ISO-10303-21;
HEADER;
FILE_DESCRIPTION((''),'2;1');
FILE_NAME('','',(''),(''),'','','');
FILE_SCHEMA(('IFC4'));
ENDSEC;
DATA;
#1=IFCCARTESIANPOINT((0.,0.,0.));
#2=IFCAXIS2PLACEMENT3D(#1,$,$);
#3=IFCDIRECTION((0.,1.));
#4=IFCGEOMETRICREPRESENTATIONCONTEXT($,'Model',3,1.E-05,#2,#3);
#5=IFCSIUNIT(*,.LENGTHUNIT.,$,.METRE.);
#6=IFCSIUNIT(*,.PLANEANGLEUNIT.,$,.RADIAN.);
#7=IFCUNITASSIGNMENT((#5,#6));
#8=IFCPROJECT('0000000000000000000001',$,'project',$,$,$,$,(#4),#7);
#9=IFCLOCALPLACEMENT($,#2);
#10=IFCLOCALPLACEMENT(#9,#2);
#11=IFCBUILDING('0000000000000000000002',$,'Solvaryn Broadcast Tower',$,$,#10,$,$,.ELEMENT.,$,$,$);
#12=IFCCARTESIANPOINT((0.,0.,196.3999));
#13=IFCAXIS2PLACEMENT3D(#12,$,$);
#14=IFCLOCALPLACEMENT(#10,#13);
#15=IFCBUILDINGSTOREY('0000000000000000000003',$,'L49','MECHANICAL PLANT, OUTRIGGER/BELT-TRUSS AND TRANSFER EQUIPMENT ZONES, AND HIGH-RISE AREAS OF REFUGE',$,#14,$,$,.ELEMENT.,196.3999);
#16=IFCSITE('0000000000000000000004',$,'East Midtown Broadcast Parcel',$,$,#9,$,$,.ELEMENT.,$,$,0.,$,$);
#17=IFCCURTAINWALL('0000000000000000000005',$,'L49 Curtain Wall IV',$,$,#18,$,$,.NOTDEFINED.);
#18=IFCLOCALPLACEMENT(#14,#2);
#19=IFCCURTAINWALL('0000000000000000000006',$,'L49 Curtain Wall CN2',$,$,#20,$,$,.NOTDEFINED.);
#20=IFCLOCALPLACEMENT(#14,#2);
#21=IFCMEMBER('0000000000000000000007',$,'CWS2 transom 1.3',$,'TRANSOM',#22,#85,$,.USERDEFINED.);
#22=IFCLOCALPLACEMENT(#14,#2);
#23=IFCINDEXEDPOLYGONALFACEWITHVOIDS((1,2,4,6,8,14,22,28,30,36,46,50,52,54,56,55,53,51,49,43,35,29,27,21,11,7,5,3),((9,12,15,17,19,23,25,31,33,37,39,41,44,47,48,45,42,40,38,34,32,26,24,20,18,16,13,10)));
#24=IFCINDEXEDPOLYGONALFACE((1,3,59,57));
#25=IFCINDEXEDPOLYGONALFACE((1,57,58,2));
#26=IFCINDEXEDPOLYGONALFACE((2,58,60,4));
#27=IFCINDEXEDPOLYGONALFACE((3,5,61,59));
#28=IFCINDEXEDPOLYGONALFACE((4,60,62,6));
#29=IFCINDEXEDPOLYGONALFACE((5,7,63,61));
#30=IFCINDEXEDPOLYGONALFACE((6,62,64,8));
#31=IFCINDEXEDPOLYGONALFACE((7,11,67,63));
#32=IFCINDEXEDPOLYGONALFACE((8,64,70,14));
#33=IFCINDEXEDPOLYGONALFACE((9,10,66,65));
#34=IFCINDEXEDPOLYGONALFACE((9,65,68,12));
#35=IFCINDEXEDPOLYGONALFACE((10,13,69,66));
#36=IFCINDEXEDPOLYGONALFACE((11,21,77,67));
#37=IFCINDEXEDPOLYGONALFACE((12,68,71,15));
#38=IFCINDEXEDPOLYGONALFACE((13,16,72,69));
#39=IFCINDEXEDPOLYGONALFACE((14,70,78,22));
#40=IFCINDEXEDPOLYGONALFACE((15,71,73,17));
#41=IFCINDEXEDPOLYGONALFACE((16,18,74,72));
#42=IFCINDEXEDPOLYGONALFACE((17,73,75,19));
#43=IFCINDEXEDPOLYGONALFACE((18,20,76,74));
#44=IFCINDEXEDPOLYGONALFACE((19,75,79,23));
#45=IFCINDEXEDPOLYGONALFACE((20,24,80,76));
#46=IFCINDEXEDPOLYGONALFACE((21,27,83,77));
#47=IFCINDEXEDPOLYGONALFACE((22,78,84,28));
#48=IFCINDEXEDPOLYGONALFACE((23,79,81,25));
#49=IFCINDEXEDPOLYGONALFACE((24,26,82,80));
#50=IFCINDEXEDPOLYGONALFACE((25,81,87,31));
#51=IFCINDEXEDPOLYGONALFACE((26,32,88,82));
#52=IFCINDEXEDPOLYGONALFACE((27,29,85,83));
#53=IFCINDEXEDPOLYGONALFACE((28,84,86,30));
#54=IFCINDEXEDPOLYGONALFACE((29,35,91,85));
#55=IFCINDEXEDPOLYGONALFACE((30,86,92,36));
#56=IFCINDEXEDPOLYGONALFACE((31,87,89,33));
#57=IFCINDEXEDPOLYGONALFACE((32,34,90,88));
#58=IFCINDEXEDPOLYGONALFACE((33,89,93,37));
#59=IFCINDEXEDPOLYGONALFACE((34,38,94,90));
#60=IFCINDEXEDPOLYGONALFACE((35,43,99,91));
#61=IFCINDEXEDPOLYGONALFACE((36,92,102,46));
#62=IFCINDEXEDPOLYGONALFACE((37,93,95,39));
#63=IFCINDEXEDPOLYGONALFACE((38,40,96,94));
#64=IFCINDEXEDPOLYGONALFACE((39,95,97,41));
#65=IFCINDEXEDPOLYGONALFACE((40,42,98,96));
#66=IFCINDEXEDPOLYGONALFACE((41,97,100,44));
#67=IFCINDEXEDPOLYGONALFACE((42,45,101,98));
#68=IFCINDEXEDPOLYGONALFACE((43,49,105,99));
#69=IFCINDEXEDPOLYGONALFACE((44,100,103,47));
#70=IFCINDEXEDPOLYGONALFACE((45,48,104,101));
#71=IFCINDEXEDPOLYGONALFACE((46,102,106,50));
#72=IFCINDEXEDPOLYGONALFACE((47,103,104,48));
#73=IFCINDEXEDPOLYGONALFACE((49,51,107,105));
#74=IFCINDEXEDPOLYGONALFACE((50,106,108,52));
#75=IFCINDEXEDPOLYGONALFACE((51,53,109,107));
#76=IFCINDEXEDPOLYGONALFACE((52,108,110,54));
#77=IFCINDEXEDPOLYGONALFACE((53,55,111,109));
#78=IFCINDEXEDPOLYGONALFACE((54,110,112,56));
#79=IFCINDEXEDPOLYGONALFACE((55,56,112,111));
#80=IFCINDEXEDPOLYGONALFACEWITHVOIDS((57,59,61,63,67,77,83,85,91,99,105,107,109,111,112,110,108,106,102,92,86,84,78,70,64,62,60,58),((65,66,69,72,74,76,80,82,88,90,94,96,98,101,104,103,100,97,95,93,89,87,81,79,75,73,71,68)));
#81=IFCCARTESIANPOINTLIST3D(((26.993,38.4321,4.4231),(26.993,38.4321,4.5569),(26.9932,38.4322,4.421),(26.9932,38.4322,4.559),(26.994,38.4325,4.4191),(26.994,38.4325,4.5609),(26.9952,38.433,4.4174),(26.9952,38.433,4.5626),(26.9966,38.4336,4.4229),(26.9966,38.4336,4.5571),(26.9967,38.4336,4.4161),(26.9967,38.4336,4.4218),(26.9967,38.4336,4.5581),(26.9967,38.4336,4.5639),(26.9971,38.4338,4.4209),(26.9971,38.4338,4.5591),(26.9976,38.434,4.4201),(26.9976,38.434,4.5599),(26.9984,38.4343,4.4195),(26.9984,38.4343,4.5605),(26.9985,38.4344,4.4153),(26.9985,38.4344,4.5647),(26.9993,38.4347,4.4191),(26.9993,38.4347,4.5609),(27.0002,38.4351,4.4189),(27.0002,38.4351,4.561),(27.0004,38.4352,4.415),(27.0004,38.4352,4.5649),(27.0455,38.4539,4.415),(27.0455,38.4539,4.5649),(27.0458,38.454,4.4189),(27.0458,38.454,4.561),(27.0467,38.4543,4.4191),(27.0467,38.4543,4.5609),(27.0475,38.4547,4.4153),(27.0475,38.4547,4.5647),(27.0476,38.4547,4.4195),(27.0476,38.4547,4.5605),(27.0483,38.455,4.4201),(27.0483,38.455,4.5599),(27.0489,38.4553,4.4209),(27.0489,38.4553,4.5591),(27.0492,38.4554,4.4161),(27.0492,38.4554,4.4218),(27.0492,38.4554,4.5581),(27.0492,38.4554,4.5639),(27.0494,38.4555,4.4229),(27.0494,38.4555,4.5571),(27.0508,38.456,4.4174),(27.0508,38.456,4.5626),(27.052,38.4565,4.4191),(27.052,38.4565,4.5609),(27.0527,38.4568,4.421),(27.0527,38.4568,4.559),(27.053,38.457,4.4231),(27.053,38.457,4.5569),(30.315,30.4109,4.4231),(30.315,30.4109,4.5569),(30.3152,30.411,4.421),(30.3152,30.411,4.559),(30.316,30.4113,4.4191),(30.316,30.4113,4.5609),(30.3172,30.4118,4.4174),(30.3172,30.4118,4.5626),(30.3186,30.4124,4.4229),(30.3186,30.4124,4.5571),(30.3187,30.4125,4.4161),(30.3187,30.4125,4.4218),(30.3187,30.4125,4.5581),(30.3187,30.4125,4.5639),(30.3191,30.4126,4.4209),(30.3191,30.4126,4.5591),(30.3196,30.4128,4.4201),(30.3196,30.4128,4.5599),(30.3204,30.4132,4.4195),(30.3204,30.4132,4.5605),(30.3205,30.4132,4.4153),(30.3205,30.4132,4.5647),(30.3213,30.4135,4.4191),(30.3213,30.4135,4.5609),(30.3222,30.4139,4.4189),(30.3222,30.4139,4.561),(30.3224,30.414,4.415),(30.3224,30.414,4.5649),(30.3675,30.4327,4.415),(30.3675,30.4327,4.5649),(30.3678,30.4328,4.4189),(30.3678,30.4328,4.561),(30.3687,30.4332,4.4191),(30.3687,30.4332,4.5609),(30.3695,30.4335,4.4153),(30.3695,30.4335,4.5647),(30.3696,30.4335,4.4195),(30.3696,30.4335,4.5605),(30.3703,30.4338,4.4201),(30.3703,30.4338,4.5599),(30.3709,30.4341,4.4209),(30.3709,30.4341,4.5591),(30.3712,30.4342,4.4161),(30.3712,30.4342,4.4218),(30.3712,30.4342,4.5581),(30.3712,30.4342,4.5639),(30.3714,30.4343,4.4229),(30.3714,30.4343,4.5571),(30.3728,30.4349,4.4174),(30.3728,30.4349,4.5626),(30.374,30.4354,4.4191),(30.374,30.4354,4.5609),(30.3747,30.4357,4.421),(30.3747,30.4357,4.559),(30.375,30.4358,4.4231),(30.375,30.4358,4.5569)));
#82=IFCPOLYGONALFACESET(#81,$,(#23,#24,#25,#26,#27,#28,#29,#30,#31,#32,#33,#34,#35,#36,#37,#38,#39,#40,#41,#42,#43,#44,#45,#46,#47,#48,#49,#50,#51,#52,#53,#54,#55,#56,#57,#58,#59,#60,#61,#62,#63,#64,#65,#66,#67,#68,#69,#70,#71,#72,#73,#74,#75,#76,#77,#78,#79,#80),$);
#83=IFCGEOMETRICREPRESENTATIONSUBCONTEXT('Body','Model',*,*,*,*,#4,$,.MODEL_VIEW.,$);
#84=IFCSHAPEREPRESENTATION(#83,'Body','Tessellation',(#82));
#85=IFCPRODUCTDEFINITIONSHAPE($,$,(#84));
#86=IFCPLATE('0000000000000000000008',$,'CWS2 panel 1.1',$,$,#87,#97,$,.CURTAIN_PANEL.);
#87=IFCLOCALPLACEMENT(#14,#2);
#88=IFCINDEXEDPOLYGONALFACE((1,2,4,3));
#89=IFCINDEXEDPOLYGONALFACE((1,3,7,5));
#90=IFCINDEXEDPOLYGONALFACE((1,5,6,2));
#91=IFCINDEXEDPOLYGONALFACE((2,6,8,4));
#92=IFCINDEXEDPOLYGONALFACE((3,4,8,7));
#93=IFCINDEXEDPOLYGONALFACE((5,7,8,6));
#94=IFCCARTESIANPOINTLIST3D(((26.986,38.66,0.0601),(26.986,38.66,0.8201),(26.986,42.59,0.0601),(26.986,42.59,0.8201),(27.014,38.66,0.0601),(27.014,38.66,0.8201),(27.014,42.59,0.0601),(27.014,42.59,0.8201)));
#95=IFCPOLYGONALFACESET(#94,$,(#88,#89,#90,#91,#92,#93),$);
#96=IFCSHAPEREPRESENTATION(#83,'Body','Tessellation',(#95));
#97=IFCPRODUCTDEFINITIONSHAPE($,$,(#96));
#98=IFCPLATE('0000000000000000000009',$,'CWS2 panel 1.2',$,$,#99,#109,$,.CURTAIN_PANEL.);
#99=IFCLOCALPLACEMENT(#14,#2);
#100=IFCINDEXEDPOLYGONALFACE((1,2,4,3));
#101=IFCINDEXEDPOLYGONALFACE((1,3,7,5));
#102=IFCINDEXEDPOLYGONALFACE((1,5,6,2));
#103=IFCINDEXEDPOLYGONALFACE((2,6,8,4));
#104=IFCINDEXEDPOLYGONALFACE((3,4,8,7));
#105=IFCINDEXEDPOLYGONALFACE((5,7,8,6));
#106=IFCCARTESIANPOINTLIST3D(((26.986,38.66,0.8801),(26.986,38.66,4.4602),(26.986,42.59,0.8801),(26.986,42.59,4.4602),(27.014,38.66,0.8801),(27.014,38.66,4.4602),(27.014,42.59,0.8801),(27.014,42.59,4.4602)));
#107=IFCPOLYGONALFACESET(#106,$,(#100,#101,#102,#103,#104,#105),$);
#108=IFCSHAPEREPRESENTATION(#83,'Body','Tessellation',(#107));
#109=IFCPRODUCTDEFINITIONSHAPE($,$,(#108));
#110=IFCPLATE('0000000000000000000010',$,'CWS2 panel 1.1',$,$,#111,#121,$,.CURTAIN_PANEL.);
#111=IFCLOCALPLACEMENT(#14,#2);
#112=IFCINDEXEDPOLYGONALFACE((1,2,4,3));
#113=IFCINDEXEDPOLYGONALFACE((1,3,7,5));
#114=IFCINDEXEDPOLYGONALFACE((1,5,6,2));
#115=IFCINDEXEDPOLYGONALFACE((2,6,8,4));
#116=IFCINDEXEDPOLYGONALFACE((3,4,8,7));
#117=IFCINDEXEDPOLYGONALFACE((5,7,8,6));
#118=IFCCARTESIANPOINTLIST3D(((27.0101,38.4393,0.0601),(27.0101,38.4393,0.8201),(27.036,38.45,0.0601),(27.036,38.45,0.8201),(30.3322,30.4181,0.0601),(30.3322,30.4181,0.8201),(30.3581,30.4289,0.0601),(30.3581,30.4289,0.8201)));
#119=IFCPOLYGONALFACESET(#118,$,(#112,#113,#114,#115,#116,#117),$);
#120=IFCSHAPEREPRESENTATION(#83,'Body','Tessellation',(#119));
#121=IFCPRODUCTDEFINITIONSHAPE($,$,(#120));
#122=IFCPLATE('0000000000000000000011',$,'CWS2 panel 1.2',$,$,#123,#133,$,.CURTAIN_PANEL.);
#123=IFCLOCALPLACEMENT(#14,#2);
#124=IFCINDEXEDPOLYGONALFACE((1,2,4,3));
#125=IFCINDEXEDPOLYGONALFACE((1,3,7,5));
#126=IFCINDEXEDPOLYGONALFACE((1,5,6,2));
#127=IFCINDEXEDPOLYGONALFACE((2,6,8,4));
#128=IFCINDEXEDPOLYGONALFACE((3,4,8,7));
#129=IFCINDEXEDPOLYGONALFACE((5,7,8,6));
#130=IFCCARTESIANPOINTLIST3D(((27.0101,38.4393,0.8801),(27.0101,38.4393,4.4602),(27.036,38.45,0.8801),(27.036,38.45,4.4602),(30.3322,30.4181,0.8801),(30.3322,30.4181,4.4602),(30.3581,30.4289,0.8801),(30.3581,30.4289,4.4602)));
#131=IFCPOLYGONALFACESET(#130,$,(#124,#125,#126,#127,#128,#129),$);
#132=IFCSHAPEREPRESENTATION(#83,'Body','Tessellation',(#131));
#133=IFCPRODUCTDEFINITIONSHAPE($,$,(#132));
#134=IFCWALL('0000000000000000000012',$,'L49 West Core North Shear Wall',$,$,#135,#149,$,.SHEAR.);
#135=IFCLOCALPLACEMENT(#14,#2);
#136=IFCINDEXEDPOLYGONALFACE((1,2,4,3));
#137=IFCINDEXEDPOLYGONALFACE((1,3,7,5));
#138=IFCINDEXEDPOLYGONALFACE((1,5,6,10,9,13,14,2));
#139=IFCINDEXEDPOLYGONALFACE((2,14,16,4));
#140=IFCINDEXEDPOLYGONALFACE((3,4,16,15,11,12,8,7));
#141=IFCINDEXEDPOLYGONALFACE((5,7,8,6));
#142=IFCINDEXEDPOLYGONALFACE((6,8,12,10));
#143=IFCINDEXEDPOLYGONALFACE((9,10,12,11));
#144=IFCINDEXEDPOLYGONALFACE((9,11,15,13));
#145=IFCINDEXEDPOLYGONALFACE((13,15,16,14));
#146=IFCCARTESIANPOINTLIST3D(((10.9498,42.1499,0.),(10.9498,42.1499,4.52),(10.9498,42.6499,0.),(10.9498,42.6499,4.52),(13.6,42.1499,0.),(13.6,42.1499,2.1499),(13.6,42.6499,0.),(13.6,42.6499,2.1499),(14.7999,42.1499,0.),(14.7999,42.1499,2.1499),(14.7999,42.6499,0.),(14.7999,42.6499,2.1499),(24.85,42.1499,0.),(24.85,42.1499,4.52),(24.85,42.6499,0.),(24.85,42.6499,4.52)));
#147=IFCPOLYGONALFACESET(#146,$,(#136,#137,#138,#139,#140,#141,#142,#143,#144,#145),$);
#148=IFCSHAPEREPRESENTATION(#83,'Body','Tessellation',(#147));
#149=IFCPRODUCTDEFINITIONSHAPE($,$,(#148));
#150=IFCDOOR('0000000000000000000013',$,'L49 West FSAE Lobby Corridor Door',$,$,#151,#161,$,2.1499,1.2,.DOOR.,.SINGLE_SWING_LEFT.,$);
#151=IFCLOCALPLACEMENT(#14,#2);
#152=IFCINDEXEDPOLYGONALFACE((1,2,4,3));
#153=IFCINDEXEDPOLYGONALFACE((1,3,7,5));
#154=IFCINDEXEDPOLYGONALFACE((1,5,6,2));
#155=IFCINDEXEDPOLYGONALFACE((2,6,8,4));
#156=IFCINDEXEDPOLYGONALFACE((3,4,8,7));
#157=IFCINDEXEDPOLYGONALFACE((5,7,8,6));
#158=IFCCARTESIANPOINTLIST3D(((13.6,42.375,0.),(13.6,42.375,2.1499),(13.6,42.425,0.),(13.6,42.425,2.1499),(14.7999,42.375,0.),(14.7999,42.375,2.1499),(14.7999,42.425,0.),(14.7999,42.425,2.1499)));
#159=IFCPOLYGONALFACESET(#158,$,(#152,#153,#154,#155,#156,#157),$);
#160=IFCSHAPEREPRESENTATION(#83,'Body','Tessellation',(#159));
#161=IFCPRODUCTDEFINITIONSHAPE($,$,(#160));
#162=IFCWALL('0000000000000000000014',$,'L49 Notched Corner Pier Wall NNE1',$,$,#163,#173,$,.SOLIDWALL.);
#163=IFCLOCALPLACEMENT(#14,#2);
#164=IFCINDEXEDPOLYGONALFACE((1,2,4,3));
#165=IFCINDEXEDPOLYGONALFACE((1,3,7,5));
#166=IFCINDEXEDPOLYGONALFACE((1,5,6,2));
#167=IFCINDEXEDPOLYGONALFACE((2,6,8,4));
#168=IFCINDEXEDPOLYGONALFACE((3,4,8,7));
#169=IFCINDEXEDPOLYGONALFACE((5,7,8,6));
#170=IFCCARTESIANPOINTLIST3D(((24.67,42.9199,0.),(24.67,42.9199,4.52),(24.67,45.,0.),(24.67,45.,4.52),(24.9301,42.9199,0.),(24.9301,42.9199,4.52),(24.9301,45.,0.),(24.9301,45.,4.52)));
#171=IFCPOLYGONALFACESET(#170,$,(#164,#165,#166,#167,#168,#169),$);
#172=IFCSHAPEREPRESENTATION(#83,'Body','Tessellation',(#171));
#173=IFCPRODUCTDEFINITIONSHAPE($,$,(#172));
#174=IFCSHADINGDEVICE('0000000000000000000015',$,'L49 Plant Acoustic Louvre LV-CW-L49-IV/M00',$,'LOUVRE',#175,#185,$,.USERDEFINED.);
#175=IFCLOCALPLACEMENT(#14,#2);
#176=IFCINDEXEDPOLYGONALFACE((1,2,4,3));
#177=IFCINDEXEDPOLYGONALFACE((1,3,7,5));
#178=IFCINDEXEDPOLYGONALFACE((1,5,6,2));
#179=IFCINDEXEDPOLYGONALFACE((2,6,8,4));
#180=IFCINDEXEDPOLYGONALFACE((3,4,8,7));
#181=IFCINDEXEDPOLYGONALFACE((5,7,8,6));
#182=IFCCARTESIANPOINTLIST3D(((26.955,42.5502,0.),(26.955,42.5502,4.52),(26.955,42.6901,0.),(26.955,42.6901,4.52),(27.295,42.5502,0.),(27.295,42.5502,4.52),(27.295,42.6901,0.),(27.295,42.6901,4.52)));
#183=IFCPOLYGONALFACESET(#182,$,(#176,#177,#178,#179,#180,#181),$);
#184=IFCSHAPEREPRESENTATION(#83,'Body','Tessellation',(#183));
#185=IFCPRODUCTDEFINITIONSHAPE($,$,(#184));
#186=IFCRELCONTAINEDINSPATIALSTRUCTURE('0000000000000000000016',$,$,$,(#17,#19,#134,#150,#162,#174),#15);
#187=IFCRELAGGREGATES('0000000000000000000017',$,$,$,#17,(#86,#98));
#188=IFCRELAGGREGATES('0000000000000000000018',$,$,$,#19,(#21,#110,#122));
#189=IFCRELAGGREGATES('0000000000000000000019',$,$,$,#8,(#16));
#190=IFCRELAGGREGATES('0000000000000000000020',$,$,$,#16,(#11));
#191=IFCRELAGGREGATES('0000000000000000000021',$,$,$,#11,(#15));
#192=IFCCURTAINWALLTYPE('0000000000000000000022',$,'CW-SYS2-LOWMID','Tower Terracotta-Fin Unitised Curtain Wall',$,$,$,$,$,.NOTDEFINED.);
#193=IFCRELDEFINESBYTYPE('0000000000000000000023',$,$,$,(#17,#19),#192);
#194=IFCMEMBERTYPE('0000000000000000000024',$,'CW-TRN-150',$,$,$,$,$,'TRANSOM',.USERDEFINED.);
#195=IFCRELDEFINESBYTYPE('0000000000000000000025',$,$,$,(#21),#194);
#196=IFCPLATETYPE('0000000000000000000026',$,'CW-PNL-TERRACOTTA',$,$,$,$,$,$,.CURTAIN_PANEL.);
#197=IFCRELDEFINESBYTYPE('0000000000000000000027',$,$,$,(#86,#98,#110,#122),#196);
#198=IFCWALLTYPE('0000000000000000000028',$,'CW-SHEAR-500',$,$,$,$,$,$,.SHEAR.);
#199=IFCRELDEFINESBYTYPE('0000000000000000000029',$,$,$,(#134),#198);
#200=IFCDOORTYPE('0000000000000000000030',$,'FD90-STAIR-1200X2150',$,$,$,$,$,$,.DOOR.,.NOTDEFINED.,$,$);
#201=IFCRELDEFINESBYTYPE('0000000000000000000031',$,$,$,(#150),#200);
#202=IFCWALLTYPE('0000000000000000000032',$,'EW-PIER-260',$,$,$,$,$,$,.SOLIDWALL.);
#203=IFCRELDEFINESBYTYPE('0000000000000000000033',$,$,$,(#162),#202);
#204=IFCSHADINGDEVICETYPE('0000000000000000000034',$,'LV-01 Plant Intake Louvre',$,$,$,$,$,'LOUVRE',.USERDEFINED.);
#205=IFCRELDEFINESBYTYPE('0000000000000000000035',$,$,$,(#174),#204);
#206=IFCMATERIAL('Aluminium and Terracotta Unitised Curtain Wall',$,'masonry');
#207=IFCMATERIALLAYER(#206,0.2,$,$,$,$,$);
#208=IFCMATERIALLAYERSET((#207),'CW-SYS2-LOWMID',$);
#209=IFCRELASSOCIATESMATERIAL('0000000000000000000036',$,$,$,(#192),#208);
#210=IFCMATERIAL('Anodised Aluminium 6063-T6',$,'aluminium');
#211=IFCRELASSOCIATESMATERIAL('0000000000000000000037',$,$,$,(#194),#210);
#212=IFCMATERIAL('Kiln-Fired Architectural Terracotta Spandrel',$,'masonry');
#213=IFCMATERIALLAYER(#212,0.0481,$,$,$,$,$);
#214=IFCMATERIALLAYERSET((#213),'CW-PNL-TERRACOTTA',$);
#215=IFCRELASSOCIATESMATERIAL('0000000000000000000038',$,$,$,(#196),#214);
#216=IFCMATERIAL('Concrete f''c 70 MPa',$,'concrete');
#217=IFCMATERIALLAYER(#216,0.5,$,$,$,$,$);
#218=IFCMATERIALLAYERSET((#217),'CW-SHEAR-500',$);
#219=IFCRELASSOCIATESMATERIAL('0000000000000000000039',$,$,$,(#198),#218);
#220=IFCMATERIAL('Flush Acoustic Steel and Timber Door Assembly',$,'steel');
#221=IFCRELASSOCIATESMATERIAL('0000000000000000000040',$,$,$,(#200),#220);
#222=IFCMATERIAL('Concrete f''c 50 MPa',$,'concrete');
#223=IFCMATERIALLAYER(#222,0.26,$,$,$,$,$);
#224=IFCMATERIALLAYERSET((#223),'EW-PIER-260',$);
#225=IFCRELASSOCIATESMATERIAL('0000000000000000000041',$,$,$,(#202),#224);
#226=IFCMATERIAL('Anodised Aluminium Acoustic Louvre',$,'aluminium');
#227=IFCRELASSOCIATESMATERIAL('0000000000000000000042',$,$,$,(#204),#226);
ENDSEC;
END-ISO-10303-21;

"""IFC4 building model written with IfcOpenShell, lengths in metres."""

from ifc_helpers import new_model, si_unit, direction, frame, frame_2d, origin, origin_2d, place, context, subcontext, project, spatial, rectangle, hollow_rectangle, extrude, material, layer, layer_set, material_profile, profile_set, type_object, element, fill, aggregate, save


model = new_model("IFC4")

# Units and contexts
model_context = context("Model", 3, precision=1e-05, world=origin(), true_north=direction((0.0, 1.0)))
body_context = subcontext(model_context, "Body", "Model", "MODEL_VIEW")
ifc_project = project(units=[si_unit("LENGTHUNIT", "METRE"), si_unit("PLANEANGLEUNIT", "RADIAN")], contexts=[model_context])

# Site, building, storey
site_placement = place(None, origin())
site = spatial("IfcSite", under=ifc_project, at=site_placement, Name="East Midtown Broadcast Parcel", CompositionType="ELEMENT", RefElevation=0.0)
building_placement = place(site_placement, origin())
building = spatial("IfcBuilding", under=site, at=building_placement, Name="Solvaryn Broadcast Tower", CompositionType="ELEMENT")
storey_placement = place(building_placement, frame((0.0, 0.0, 196.3999)))
storey = spatial("IfcBuildingStorey", under=building, at=storey_placement, Name="L49", Description="MECHANICAL PLANT, OUTRIGGER/BELT-TRUSS AND TRANSFER EQUIPMENT ZONES, AND HIGH-RISE AREAS OF REFUGE", CompositionType="ELEMENT", Elevation=196.3999)

# Curtain wall
ifc_material_1 = material(Name="Aluminium and Terracotta Unitised Curtain Wall", Category="masonry")
ifc_layer_1 = layer(ifc_material_1, 0.2)
ifc_layer_set_1 = layer_set([ifc_layer_1], Name="CW-SYS2-LOWMID")
curtain_wall_type = type_object("IfcCurtainWallType", Name="CW-SYS2-LOWMID", Description="Tower Terracotta-Fin Unitised Curtain Wall", PredefinedType="NOTDEFINED", material=ifc_layer_set_1)
curtain_wall_1_placement = place(storey_placement, origin())
curtain_wall_1 = element("IfcCurtainWall", 1, at=curtain_wall_1_placement, inside=storey, type_object=curtain_wall_type, Name="L49 Curtain Wall IV", PredefinedType="NOTDEFINED")

# Curtain wall
curtain_wall_2_placement = place(storey_placement, origin())
curtain_wall_2 = element("IfcCurtainWall", 2, at=curtain_wall_2_placement, inside=storey, type_object=curtain_wall_type, Name="L49 Curtain Wall CN2", PredefinedType="NOTDEFINED")

# Member
ifc_material_2 = material(Name="Anodised Aluminium 6063-T6", Category="aluminium")
ifc_material_profile_1 = material_profile(ifc_material_2, hollow_rectangle(XDim=0.0649, YDim=0.1499, WallThickness=0.0039, InnerFilletRadius=0.0039, OuterFilletRadius=0.0081, at=origin_2d()))
ifc_profile_set_1 = profile_set([ifc_material_profile_1], Name="Anodised Aluminium 6063-T6")
member_type_1 = type_object("IfcMemberType", Name="CW-TRN-150", ElementType="TRANSOM", PredefinedType="USERDEFINED", material=ifc_profile_set_1)
member_1_placement = place(storey_placement, frame((30.345, 30.4233, 4.49), z_axis=(-0.382636, 0.923899, 0.0), x_axis=(-0.923899, -0.382636, 0.0)))
member_1 = element("IfcMember", 3, at=member_1_placement, type_object=member_type_1, Name="CWS2 transom 1.3", ObjectType="TRANSOM", PredefinedType="USERDEFINED", context=body_context, shape_type="SweptSolid", body=[
    extrude(hollow_rectangle(XDim=0.0649, YDim=0.1499, WallThickness=0.0039, InnerFilletRadius=0.0039, OuterFilletRadius=0.0081, at=origin_2d()), origin(), (0.0, 0.0, 1.0), 8.6819),
])

# Plates
ifc_material_3 = material(Name="Kiln-Fired Architectural Terracotta Spandrel", Category="masonry")
ifc_layer_2 = layer(ifc_material_3, 0.0481)
ifc_layer_set_2 = layer_set([ifc_layer_2], Name="CW-PNL-TERRACOTTA")
plate_type = type_object("IfcPlateType", Name="CW-PNL-TERRACOTTA", PredefinedType="CURTAIN_PANEL", material=ifc_layer_set_2)
plate_1_placement = place(storey_placement, frame((27.0, 40.625, 0.0601), z_axis=(0.0, 0.0, 1.0), x_axis=(0.0, -1.0, 0.0)))
plate_1 = element("IfcPlate", 4, at=plate_1_placement, type_object=plate_type, Name="CWS2 panel 1.1", PredefinedType="CURTAIN_PANEL", context=body_context, shape_type="SweptSolid", body=[
    extrude(rectangle(XDim=3.9299, YDim=0.0281, at=origin_2d()), origin(), (0.0, 0.0, 1.0), 0.76),
])
plate_2_placement = place(storey_placement, frame((27.0, 40.625, 0.8801), z_axis=(0.0, 0.0, 1.0), x_axis=(0.0, -1.0, 0.0)))
plate_2 = element("IfcPlate", 5, at=plate_2_placement, type_object=plate_type, Name="CWS2 panel 1.2", PredefinedType="CURTAIN_PANEL", context=body_context, shape_type="SweptSolid", body=[
    extrude(rectangle(XDim=3.9299, YDim=0.0281, at=origin_2d()), origin(), (0.0, 0.0, 1.0), 3.5801),
])
aggregate(curtain_wall_1, [plate_1, plate_2])
plate_3_placement = place(storey_placement, frame((28.6841, 34.4341, 0.0601), z_axis=(0.0, 0.0, 1.0), x_axis=(-0.382646, 0.923895, 0.0)))
plate_3 = element("IfcPlate", 6, at=plate_3_placement, type_object=plate_type, Name="CWS2 panel 1.1", PredefinedType="CURTAIN_PANEL", context=body_context, shape_type="SweptSolid", body=[
    extrude(rectangle(XDim=8.6819, YDim=0.0281, at=origin_2d()), origin(), (0.0, 0.0, 1.0), 0.76),
])
plate_4_placement = place(storey_placement, frame((28.6841, 34.4341, 0.8801), z_axis=(0.0, 0.0, 1.0), x_axis=(-0.382646, 0.923895, 0.0)))
plate_4 = element("IfcPlate", 7, at=plate_4_placement, type_object=plate_type, Name="CWS2 panel 1.2", PredefinedType="CURTAIN_PANEL", context=body_context, shape_type="SweptSolid", body=[
    extrude(rectangle(XDim=8.6819, YDim=0.0281, at=origin_2d()), origin(), (0.0, 0.0, 1.0), 3.5801),
])
aggregate(curtain_wall_2, [member_1, plate_3, plate_4])

# Wall, opening, door
ifc_material_4 = material(Name="Concrete f'c 70 MPa", Category="concrete")
ifc_layer_3 = layer(ifc_material_4, 0.5)
ifc_layer_set_3 = layer_set([ifc_layer_3], Name="CW-SHEAR-500")
wall_type_1 = type_object("IfcWallType", Name="CW-SHEAR-500", PredefinedType="SHEAR", material=ifc_layer_set_3)
wall_1_placement = place(storey_placement, frame((24.8501, 42.3999, 0.0), z_axis=(0.0, 0.0, 1.0), x_axis=(-1.0, 0.0, 0.0)))
wall_1 = element("IfcWall", 8, at=wall_1_placement, inside=storey, type_object=wall_type_1, Name="L49 West Core North Shear Wall", PredefinedType="SHEAR", context=body_context, shape_type="SweptSolid", body=[
    extrude(rectangle(XDim=13.9001, YDim=0.5, at=frame_2d((6.9502, 0.0))), origin(), (0.0, 0.0, 1.0), 4.52),
])
opening_placement = place(wall_1_placement, frame((10.05, 0.0, 0.0)))
opening = element("IfcOpeningElement", 9, at=opening_placement, cuts=wall_1, PredefinedType="OPENING", context=body_context, shape_type="SweptSolid", body=[
    extrude(rectangle(XDim=1.2, YDim=2.1499, at=frame_2d((0.6001, 1.075))), frame((0.0, 0.26, 0.0), z_axis=(0.0, -1.0, 0.0), x_axis=(1.0, 0.0, 0.0)), (0.0, 0.0, 1.0), 0.52),
])
ifc_material_5 = material(Name="Flush Acoustic Steel and Timber Door Assembly", Category="steel")
door_type = type_object("IfcDoorType", Name="FD90-STAIR-1200X2150", OperationType="NOTDEFINED", PredefinedType="DOOR", material=ifc_material_5)
door_placement = place(opening_placement, origin())
door = element("IfcDoor", 10, at=door_placement, inside=storey, type_object=door_type, Name="L49 West FSAE Lobby Corridor Door", OperationType="SINGLE_SWING_LEFT", OverallHeight=2.1499, OverallWidth=1.2, PredefinedType="DOOR", context=body_context, shape_type="SweptSolid", body=[
    extrude(rectangle(XDim=1.2, YDim=2.1499, at=frame_2d((0.6001, 1.075))), frame((0.0, 0.0249, 0.0), z_axis=(0.0, -1.0, 0.0), x_axis=(1.0, 0.0, 0.0)), (0.0, 0.0, 1.0), 0.05),
])
fill(opening, door)

# Wall
ifc_material_6 = material(Name="Concrete f'c 50 MPa", Category="concrete")
ifc_layer_4 = layer(ifc_material_6, 0.26)
ifc_layer_set_4 = layer_set([ifc_layer_4], Name="EW-PIER-260")
wall_type_2 = type_object("IfcWallType", Name="EW-PIER-260", PredefinedType="SOLIDWALL", material=ifc_layer_set_4)
wall_2_placement = place(storey_placement, frame((24.8, 45.0, 0.0), z_axis=(0.0, 0.0, 1.0), x_axis=(0.0, -1.0, 0.0)))
element("IfcWall", 11, at=wall_2_placement, inside=storey, type_object=wall_type_2, Name="L49 Notched Corner Pier Wall NNE1", PredefinedType="SOLIDWALL", context=body_context, shape_type="SweptSolid", body=[
    extrude(rectangle(XDim=2.0801, YDim=0.26, at=frame_2d((1.04, 0.0))), origin(), (0.0, 0.0, 1.0), 4.52),
])

# Shading device
ifc_material_7 = material(Name="Anodised Aluminium Acoustic Louvre", Category="aluminium")
shading_device_type = type_object("IfcShadingDeviceType", Name="LV-01 Plant Intake Louvre", ElementType="LOUVRE", PredefinedType="USERDEFINED", material=ifc_material_7)
for number, where, z_axis, x_axis, name in (
    (12, (27.125, 42.6201, 0.0), (0.0, 0.0, 1.0), (1.0, 0.0, 0.0), "L49 Plant Acoustic Louvre LV-CW-L49-IV/M00"),
):
    element("IfcShadingDevice", number, at=place(storey_placement, frame(where, z_axis=z_axis, x_axis=x_axis)), inside=storey, type_object=shading_device_type, Name=name, ObjectType="LOUVRE", PredefinedType="USERDEFINED", context=body_context, shape_type="SweptSolid", body=[
        extrude(rectangle(XDim=0.3401, YDim=0.1399, at=origin_2d()), origin(), (0.0, 0.0, 1.0), 4.52),
    ])

save(model, "model.ifc")
